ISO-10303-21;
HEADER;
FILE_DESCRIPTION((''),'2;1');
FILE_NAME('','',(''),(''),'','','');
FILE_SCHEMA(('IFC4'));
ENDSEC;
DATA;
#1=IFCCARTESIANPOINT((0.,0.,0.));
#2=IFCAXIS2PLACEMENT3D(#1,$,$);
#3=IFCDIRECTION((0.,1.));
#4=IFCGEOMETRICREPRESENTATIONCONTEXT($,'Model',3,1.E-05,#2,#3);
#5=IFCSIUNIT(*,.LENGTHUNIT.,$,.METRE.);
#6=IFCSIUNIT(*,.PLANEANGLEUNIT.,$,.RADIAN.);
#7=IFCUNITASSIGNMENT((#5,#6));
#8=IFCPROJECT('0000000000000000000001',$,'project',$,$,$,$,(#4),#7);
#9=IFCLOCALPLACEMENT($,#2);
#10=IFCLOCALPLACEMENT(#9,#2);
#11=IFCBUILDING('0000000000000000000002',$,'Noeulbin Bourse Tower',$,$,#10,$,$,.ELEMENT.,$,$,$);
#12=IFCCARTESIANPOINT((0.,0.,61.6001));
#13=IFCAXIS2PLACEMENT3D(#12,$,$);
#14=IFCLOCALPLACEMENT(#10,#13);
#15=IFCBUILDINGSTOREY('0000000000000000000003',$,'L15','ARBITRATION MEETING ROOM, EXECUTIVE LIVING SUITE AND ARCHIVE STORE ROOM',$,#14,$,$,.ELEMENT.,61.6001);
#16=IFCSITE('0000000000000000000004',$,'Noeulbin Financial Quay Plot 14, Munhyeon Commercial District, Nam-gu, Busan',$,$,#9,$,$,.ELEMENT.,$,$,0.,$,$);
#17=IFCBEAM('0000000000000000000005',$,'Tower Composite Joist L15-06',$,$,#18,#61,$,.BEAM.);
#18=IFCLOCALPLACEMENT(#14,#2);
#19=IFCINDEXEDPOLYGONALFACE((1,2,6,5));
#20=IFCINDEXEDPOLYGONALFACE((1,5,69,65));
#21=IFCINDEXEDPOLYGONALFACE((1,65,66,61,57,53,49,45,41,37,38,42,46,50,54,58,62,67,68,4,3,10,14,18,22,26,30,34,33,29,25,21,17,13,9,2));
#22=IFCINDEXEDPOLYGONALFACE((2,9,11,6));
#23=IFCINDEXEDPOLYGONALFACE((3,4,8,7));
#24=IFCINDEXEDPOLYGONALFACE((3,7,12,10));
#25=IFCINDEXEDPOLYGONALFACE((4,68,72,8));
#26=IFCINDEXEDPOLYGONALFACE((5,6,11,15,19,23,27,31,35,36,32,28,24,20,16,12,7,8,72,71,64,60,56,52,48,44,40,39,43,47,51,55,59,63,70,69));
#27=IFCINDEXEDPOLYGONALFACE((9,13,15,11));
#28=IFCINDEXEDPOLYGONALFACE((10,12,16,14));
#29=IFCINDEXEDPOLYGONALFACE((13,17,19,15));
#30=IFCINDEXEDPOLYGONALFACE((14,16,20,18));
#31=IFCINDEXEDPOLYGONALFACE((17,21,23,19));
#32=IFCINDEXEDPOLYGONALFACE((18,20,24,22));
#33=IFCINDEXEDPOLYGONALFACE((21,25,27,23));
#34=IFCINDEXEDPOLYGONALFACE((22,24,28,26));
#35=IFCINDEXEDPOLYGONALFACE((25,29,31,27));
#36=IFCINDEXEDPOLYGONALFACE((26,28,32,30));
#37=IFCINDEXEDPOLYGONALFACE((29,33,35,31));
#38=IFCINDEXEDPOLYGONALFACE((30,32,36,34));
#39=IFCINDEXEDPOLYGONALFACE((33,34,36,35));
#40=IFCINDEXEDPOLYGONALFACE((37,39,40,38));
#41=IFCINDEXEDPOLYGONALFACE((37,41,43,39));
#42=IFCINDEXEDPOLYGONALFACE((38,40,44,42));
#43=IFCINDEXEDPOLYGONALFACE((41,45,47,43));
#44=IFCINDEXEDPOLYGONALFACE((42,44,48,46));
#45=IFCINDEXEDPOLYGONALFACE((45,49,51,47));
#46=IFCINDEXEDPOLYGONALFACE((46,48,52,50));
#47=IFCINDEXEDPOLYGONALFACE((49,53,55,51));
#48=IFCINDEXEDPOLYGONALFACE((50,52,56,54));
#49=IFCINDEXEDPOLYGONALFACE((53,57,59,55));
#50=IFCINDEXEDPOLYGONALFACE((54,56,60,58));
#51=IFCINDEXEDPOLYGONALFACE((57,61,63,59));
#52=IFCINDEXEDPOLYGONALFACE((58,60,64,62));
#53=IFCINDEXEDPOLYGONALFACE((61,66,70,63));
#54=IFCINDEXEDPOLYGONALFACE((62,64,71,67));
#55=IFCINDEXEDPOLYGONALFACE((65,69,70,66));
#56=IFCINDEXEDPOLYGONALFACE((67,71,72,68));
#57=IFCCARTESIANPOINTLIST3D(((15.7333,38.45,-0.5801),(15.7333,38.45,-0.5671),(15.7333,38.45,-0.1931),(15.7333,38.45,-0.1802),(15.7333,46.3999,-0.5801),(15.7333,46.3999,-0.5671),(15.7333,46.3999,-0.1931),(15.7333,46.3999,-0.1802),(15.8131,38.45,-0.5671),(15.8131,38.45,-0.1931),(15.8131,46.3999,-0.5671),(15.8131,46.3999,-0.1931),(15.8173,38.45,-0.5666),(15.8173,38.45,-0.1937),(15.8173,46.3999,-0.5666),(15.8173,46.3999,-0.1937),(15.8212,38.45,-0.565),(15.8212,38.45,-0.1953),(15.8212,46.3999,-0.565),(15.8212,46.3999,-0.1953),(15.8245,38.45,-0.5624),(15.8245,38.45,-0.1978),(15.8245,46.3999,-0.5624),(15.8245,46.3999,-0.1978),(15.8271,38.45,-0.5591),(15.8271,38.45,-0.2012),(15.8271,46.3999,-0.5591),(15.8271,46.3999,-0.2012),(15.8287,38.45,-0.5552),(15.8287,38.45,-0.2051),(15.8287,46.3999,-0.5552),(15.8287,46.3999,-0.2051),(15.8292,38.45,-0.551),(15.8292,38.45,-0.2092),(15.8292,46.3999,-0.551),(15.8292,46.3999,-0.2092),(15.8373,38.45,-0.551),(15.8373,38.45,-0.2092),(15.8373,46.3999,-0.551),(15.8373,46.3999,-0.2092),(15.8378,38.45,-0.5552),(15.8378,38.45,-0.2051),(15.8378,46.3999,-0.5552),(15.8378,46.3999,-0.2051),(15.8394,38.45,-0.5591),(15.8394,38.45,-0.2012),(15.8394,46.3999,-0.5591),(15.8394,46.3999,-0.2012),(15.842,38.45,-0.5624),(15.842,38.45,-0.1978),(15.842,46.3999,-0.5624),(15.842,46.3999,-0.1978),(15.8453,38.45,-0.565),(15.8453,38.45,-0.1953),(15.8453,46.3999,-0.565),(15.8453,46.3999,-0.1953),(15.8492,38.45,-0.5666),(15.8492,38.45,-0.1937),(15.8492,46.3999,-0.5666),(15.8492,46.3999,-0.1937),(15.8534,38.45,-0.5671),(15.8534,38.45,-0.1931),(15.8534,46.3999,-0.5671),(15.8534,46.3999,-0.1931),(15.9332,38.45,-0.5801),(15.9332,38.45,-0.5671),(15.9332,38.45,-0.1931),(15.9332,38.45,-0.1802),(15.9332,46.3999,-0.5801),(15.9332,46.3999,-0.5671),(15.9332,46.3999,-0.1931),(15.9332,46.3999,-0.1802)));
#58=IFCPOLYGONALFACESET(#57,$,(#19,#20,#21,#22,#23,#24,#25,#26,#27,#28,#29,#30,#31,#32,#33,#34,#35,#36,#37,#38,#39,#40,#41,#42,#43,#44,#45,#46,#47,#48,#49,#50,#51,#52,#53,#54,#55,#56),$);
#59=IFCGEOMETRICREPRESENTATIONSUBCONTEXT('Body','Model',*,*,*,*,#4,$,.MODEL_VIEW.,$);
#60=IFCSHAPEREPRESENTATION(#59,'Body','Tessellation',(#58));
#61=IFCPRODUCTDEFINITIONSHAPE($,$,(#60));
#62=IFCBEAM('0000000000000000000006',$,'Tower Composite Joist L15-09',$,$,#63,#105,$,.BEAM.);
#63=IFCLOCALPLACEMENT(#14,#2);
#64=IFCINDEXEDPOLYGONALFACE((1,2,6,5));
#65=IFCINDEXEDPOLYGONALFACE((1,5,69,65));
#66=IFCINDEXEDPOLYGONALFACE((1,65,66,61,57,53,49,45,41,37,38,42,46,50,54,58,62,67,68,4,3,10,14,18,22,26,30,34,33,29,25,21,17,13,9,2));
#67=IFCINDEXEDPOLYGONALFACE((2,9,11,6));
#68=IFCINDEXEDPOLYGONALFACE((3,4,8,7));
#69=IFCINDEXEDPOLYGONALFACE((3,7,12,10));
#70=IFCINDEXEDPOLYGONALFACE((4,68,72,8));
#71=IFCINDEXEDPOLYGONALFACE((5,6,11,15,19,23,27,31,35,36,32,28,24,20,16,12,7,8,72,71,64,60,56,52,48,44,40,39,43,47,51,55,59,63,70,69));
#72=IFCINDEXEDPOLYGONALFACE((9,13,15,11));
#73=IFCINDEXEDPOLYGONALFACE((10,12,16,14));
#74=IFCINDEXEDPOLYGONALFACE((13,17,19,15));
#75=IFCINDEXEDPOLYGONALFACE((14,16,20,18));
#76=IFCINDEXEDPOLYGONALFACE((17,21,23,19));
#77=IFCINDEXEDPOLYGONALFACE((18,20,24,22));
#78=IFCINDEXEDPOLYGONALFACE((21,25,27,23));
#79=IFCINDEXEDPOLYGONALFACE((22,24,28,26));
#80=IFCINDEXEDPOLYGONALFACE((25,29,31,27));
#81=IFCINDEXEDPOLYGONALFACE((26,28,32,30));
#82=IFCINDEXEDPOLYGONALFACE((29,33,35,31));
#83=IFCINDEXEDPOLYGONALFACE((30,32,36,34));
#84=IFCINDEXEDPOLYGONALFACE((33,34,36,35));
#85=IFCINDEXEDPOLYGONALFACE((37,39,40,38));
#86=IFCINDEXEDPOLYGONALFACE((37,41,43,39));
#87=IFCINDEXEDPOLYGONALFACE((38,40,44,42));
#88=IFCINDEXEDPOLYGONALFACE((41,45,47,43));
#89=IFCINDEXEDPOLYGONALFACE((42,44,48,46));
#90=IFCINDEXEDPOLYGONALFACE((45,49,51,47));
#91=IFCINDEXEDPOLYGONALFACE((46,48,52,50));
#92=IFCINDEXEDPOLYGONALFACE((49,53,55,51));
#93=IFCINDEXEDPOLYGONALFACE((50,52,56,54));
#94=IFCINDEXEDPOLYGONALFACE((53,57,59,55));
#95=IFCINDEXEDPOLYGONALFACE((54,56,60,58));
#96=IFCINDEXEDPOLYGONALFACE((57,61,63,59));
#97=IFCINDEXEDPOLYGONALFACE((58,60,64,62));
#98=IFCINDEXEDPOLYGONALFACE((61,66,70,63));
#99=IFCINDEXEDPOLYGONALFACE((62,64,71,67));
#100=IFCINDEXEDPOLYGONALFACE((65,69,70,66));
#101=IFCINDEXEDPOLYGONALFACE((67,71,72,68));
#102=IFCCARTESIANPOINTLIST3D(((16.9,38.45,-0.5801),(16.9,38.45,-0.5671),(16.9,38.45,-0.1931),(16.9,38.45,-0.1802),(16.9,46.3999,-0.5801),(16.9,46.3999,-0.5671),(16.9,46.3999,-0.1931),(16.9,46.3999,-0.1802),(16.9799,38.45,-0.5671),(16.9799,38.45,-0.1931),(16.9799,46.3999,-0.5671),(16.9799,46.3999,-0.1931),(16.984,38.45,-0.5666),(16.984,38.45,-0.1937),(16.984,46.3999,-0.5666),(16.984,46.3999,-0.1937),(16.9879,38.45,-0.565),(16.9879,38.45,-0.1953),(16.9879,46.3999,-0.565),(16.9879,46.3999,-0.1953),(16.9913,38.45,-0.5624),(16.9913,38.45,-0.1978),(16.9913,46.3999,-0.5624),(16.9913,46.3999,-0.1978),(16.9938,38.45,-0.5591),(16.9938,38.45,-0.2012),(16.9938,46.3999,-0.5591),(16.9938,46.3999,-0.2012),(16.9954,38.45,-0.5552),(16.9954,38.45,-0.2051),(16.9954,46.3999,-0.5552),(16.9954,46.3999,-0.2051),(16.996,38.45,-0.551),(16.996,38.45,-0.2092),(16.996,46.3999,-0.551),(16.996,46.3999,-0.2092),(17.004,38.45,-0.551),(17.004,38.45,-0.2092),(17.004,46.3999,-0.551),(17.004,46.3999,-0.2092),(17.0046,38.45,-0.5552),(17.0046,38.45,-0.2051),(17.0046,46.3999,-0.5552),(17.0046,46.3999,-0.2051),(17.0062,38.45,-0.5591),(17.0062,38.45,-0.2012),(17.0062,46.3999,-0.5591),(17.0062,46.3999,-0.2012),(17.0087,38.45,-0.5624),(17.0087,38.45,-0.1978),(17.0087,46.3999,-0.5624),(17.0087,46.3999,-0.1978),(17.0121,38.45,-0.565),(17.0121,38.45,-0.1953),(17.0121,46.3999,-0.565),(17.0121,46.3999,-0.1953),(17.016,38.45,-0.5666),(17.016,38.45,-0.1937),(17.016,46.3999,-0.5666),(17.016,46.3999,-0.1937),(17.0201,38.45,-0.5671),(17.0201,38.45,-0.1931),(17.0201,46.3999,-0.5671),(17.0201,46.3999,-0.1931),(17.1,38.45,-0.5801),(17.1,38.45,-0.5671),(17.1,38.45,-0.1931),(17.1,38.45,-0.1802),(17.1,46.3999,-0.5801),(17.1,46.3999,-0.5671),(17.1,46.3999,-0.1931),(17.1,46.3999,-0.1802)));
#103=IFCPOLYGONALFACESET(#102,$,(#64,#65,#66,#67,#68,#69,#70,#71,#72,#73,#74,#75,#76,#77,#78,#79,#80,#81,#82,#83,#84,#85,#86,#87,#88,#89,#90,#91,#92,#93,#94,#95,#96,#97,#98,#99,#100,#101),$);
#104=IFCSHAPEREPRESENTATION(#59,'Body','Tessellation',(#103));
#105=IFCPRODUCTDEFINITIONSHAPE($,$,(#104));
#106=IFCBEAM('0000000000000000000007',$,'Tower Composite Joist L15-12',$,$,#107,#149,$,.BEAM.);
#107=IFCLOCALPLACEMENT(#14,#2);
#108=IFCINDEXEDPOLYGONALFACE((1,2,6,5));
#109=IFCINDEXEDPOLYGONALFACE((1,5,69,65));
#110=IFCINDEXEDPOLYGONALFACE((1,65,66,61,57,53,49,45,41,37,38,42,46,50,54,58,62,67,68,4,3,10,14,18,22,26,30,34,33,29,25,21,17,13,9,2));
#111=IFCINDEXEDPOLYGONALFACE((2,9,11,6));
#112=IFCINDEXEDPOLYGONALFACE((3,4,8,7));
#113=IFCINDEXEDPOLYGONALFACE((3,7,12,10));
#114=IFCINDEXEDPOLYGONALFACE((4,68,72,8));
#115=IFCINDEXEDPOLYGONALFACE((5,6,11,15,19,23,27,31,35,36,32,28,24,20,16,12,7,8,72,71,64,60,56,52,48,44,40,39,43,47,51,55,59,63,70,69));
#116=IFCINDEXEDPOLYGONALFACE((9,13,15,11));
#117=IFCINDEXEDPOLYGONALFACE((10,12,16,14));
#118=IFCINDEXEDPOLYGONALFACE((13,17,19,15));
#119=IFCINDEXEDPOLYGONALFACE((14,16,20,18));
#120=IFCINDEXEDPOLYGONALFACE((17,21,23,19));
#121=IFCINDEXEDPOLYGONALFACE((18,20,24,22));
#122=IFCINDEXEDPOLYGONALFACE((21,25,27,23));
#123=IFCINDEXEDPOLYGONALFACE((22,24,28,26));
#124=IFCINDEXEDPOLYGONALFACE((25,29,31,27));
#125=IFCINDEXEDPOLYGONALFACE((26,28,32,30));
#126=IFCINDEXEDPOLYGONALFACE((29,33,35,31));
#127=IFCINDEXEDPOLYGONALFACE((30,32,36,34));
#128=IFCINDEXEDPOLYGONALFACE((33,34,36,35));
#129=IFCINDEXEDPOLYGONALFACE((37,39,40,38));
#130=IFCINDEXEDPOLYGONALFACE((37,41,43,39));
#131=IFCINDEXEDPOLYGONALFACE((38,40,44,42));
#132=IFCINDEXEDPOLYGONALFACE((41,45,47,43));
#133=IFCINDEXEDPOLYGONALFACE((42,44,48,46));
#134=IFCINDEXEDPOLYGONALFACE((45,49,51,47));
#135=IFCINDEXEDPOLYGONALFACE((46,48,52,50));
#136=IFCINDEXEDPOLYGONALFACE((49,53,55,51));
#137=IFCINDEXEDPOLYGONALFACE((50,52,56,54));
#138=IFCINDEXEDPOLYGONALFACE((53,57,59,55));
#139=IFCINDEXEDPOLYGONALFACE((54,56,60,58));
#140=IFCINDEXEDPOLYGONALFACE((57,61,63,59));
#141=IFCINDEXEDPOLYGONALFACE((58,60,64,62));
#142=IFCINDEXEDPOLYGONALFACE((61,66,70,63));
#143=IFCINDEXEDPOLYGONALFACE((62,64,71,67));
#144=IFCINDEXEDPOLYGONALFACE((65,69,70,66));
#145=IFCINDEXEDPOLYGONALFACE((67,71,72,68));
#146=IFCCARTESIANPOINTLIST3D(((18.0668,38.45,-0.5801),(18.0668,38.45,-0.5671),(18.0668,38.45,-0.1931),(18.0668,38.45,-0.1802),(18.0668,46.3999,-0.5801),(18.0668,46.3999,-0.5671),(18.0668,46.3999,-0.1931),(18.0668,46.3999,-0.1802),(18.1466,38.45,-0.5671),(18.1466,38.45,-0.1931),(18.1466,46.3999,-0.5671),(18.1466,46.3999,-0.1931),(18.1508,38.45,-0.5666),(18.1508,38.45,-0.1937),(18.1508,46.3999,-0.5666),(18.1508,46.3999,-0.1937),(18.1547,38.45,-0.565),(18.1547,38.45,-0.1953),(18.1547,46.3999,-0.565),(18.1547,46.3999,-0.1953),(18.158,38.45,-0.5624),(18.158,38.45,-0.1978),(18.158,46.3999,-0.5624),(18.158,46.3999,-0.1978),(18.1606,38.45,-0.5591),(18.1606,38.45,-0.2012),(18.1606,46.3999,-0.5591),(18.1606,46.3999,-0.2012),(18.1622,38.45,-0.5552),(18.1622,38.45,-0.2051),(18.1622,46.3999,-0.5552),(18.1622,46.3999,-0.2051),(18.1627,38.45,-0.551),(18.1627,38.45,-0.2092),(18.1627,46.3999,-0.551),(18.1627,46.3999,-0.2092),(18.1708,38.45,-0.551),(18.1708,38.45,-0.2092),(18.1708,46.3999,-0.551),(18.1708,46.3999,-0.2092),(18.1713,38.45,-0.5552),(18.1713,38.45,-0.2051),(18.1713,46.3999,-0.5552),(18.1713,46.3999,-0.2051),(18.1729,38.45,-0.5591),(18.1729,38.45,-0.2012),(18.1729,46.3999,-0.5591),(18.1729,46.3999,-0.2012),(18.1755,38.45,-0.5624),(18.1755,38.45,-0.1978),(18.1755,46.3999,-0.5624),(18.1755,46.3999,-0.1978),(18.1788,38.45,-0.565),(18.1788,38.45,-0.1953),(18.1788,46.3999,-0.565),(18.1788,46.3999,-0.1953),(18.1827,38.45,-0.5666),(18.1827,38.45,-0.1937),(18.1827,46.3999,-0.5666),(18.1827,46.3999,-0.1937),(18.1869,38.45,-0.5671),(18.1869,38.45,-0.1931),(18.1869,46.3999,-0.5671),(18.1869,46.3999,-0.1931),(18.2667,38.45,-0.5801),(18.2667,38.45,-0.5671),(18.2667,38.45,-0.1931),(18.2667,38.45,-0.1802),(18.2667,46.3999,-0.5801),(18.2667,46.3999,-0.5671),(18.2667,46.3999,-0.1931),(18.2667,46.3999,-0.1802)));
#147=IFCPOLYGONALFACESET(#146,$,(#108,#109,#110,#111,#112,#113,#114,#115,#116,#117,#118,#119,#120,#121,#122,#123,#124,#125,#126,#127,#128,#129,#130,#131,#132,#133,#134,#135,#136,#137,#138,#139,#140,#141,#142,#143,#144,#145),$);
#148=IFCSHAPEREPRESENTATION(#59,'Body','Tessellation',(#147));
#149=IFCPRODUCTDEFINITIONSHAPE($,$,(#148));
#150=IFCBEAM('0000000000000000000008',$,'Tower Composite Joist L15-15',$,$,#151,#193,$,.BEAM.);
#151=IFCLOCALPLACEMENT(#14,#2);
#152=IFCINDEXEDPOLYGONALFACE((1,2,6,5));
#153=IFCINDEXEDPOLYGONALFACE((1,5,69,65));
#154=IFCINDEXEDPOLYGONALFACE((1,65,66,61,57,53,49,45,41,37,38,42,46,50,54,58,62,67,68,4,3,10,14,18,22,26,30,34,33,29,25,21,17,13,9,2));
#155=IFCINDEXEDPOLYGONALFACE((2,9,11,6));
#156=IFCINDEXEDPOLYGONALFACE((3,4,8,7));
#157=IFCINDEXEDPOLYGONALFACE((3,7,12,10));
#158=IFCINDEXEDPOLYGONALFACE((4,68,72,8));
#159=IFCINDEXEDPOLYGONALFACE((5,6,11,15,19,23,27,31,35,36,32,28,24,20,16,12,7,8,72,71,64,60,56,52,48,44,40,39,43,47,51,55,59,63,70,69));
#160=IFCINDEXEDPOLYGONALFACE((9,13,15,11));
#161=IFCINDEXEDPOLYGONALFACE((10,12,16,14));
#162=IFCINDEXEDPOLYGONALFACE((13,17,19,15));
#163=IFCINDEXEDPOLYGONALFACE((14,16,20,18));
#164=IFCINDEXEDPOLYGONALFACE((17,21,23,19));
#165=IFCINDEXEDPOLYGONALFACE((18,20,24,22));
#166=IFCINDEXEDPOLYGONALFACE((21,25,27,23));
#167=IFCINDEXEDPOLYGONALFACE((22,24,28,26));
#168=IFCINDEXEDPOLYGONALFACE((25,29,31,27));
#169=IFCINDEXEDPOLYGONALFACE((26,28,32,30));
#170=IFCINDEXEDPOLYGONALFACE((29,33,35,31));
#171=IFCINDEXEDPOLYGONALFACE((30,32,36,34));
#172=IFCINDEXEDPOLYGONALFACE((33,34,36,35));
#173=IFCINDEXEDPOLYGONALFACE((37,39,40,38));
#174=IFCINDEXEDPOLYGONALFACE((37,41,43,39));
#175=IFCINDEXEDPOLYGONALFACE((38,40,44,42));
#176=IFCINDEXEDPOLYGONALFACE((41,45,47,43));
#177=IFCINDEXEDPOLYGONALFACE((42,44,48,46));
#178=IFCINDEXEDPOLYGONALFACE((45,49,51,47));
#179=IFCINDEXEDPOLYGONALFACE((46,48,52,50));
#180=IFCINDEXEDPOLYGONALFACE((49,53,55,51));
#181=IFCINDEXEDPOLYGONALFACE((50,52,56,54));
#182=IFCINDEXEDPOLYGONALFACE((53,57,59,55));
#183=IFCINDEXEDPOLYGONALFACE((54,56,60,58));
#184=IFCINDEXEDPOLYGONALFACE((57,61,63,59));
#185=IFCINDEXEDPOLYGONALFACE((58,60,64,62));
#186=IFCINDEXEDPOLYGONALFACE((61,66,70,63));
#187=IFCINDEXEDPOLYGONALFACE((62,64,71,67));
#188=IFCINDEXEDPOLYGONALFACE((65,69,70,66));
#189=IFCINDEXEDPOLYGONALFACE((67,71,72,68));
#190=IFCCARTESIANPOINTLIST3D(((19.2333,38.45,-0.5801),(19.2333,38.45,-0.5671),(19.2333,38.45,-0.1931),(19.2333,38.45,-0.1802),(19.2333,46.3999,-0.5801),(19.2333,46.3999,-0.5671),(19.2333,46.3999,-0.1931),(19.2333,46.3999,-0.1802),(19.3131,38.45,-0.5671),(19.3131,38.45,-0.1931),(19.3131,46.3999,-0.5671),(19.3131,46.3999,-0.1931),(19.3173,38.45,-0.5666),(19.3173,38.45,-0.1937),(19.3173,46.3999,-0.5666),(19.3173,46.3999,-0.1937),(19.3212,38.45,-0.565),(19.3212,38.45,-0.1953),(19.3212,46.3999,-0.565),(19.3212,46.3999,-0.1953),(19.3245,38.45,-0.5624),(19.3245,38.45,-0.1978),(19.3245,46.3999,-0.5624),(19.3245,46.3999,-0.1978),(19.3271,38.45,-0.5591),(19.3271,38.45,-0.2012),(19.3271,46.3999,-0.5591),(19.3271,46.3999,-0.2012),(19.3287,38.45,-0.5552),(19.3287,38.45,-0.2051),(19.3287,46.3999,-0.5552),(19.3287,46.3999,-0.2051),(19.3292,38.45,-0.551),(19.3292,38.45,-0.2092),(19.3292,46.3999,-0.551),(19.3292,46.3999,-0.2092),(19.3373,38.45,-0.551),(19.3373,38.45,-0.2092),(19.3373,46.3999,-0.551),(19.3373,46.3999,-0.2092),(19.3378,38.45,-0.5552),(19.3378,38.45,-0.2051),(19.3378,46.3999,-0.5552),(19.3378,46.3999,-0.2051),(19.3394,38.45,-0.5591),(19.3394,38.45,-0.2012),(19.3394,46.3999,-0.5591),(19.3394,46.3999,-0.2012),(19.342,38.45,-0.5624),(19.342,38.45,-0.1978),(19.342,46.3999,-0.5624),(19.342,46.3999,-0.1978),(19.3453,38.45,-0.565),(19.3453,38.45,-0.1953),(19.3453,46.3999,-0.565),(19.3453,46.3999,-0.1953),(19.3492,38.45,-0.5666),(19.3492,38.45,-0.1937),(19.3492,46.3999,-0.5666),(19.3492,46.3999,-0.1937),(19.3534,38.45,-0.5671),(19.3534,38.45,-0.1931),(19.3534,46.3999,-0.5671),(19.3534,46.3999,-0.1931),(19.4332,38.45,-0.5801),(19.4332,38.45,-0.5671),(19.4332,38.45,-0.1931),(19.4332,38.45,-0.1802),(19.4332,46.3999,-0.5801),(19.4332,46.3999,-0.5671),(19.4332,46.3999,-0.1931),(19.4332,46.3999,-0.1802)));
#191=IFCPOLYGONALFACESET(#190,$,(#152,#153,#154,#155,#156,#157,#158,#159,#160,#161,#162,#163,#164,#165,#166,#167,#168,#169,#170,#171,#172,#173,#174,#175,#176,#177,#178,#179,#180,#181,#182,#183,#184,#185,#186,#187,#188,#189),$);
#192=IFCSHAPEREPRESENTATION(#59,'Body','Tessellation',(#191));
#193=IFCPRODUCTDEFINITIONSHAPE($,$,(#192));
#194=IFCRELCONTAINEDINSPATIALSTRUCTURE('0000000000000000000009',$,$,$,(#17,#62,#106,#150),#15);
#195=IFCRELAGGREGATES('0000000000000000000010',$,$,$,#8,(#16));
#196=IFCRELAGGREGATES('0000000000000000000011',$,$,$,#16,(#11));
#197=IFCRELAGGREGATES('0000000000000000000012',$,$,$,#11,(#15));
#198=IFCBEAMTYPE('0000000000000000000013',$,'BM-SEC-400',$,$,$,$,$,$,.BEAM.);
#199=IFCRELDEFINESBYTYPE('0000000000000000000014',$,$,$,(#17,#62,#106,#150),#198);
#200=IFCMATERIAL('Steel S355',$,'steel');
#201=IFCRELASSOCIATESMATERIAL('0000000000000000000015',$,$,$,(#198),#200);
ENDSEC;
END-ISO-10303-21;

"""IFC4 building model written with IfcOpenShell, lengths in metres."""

from ifc_helpers import new_model, si_unit, direction, frame, origin, origin_2d, place, context, subcontext, project, spatial, i_section, extrude, material, material_profile, profile_set, type_object, element, save


model = new_model("IFC4")

# Units and contexts
model_context = context("Model", 3, precision=1e-05, world=origin(), true_north=direction((0.0, 1.0)))
body_context = subcontext(model_context, "Body", "Model", "MODEL_VIEW")
ifc_project = project(units=[si_unit("LENGTHUNIT", "METRE"), si_unit("PLANEANGLEUNIT", "RADIAN")], contexts=[model_context])

# Site, building, storey
site_placement = place(None, origin())
site = spatial("IfcSite", under=ifc_project, at=site_placement, Name="Noeulbin Financial Quay Plot 14, Munhyeon Commercial District, Nam-gu, Busan", CompositionType="ELEMENT", RefElevation=0.0)
building_placement = place(site_placement, origin())
building = spatial("IfcBuilding", under=site, at=building_placement, Name="Noeulbin Bourse Tower", CompositionType="ELEMENT")
storey_placement = place(building_placement, frame((0.0, 0.0, 61.6001)))
storey = spatial("IfcBuildingStorey", under=building, at=storey_placement, Name="L15", Description="ARBITRATION MEETING ROOM, EXECUTIVE LIVING SUITE AND ARCHIVE STORE ROOM", CompositionType="ELEMENT", Elevation=61.6001)

# Beams
ifc_material_1 = material(Name="Steel S355", Category="steel")
ifc_material_profile_1 = material_profile(ifc_material_1, i_section(OverallWidth=0.2, OverallDepth=0.3999, WebThickness=0.0081, FlangeThickness=0.0129, FilletRadius=0.0161, at=origin_2d()), Name="H-400x200x8x13", Category="LoadBearing")
ifc_profile_set_1 = profile_set([ifc_material_profile_1], Name="Steel S355")
beam_type_1 = type_object("IfcBeamType", Name="BM-SEC-400", PredefinedType="BEAM", material=ifc_profile_set_1)
for number, where, z_axis, x_axis, name in (
    (1, (15.8333, 38.45, -0.3801), (0.0, 1.0, 0.0), (-1.0, 0.0, 0.0), "Tower Composite Joist L15-06"),
    (2, (17.0, 38.45, -0.3801), (0.0, 1.0, 0.0), (-1.0, 0.0, 0.0), "Tower Composite Joist L15-09"),
    (3, (18.1667, 38.45, -0.3801), (0.0, 1.0, 0.0), (-1.0, 0.0, 0.0), "Tower Composite Joist L15-12"),
    (4, (19.3333, 38.45, -0.3801), (0.0, 1.0, 0.0), (-1.0, 0.0, 0.0), "Tower Composite Joist L15-15"),
):
    element("IfcBeam", number, at=place(storey_placement, frame(where, z_axis=z_axis, x_axis=x_axis)), inside=storey, type_object=beam_type_1, Name=name, PredefinedType="BEAM", context=body_context, shape_type="SweptSolid", body=[
        extrude(i_section(OverallWidth=0.2, OverallDepth=0.3999, WebThickness=0.0081, FlangeThickness=0.0129, FilletRadius=0.0161, at=origin_2d()), origin(), (0.0, 0.0, 1.0), 7.95),
    ])

save(model, "model.ifc")
